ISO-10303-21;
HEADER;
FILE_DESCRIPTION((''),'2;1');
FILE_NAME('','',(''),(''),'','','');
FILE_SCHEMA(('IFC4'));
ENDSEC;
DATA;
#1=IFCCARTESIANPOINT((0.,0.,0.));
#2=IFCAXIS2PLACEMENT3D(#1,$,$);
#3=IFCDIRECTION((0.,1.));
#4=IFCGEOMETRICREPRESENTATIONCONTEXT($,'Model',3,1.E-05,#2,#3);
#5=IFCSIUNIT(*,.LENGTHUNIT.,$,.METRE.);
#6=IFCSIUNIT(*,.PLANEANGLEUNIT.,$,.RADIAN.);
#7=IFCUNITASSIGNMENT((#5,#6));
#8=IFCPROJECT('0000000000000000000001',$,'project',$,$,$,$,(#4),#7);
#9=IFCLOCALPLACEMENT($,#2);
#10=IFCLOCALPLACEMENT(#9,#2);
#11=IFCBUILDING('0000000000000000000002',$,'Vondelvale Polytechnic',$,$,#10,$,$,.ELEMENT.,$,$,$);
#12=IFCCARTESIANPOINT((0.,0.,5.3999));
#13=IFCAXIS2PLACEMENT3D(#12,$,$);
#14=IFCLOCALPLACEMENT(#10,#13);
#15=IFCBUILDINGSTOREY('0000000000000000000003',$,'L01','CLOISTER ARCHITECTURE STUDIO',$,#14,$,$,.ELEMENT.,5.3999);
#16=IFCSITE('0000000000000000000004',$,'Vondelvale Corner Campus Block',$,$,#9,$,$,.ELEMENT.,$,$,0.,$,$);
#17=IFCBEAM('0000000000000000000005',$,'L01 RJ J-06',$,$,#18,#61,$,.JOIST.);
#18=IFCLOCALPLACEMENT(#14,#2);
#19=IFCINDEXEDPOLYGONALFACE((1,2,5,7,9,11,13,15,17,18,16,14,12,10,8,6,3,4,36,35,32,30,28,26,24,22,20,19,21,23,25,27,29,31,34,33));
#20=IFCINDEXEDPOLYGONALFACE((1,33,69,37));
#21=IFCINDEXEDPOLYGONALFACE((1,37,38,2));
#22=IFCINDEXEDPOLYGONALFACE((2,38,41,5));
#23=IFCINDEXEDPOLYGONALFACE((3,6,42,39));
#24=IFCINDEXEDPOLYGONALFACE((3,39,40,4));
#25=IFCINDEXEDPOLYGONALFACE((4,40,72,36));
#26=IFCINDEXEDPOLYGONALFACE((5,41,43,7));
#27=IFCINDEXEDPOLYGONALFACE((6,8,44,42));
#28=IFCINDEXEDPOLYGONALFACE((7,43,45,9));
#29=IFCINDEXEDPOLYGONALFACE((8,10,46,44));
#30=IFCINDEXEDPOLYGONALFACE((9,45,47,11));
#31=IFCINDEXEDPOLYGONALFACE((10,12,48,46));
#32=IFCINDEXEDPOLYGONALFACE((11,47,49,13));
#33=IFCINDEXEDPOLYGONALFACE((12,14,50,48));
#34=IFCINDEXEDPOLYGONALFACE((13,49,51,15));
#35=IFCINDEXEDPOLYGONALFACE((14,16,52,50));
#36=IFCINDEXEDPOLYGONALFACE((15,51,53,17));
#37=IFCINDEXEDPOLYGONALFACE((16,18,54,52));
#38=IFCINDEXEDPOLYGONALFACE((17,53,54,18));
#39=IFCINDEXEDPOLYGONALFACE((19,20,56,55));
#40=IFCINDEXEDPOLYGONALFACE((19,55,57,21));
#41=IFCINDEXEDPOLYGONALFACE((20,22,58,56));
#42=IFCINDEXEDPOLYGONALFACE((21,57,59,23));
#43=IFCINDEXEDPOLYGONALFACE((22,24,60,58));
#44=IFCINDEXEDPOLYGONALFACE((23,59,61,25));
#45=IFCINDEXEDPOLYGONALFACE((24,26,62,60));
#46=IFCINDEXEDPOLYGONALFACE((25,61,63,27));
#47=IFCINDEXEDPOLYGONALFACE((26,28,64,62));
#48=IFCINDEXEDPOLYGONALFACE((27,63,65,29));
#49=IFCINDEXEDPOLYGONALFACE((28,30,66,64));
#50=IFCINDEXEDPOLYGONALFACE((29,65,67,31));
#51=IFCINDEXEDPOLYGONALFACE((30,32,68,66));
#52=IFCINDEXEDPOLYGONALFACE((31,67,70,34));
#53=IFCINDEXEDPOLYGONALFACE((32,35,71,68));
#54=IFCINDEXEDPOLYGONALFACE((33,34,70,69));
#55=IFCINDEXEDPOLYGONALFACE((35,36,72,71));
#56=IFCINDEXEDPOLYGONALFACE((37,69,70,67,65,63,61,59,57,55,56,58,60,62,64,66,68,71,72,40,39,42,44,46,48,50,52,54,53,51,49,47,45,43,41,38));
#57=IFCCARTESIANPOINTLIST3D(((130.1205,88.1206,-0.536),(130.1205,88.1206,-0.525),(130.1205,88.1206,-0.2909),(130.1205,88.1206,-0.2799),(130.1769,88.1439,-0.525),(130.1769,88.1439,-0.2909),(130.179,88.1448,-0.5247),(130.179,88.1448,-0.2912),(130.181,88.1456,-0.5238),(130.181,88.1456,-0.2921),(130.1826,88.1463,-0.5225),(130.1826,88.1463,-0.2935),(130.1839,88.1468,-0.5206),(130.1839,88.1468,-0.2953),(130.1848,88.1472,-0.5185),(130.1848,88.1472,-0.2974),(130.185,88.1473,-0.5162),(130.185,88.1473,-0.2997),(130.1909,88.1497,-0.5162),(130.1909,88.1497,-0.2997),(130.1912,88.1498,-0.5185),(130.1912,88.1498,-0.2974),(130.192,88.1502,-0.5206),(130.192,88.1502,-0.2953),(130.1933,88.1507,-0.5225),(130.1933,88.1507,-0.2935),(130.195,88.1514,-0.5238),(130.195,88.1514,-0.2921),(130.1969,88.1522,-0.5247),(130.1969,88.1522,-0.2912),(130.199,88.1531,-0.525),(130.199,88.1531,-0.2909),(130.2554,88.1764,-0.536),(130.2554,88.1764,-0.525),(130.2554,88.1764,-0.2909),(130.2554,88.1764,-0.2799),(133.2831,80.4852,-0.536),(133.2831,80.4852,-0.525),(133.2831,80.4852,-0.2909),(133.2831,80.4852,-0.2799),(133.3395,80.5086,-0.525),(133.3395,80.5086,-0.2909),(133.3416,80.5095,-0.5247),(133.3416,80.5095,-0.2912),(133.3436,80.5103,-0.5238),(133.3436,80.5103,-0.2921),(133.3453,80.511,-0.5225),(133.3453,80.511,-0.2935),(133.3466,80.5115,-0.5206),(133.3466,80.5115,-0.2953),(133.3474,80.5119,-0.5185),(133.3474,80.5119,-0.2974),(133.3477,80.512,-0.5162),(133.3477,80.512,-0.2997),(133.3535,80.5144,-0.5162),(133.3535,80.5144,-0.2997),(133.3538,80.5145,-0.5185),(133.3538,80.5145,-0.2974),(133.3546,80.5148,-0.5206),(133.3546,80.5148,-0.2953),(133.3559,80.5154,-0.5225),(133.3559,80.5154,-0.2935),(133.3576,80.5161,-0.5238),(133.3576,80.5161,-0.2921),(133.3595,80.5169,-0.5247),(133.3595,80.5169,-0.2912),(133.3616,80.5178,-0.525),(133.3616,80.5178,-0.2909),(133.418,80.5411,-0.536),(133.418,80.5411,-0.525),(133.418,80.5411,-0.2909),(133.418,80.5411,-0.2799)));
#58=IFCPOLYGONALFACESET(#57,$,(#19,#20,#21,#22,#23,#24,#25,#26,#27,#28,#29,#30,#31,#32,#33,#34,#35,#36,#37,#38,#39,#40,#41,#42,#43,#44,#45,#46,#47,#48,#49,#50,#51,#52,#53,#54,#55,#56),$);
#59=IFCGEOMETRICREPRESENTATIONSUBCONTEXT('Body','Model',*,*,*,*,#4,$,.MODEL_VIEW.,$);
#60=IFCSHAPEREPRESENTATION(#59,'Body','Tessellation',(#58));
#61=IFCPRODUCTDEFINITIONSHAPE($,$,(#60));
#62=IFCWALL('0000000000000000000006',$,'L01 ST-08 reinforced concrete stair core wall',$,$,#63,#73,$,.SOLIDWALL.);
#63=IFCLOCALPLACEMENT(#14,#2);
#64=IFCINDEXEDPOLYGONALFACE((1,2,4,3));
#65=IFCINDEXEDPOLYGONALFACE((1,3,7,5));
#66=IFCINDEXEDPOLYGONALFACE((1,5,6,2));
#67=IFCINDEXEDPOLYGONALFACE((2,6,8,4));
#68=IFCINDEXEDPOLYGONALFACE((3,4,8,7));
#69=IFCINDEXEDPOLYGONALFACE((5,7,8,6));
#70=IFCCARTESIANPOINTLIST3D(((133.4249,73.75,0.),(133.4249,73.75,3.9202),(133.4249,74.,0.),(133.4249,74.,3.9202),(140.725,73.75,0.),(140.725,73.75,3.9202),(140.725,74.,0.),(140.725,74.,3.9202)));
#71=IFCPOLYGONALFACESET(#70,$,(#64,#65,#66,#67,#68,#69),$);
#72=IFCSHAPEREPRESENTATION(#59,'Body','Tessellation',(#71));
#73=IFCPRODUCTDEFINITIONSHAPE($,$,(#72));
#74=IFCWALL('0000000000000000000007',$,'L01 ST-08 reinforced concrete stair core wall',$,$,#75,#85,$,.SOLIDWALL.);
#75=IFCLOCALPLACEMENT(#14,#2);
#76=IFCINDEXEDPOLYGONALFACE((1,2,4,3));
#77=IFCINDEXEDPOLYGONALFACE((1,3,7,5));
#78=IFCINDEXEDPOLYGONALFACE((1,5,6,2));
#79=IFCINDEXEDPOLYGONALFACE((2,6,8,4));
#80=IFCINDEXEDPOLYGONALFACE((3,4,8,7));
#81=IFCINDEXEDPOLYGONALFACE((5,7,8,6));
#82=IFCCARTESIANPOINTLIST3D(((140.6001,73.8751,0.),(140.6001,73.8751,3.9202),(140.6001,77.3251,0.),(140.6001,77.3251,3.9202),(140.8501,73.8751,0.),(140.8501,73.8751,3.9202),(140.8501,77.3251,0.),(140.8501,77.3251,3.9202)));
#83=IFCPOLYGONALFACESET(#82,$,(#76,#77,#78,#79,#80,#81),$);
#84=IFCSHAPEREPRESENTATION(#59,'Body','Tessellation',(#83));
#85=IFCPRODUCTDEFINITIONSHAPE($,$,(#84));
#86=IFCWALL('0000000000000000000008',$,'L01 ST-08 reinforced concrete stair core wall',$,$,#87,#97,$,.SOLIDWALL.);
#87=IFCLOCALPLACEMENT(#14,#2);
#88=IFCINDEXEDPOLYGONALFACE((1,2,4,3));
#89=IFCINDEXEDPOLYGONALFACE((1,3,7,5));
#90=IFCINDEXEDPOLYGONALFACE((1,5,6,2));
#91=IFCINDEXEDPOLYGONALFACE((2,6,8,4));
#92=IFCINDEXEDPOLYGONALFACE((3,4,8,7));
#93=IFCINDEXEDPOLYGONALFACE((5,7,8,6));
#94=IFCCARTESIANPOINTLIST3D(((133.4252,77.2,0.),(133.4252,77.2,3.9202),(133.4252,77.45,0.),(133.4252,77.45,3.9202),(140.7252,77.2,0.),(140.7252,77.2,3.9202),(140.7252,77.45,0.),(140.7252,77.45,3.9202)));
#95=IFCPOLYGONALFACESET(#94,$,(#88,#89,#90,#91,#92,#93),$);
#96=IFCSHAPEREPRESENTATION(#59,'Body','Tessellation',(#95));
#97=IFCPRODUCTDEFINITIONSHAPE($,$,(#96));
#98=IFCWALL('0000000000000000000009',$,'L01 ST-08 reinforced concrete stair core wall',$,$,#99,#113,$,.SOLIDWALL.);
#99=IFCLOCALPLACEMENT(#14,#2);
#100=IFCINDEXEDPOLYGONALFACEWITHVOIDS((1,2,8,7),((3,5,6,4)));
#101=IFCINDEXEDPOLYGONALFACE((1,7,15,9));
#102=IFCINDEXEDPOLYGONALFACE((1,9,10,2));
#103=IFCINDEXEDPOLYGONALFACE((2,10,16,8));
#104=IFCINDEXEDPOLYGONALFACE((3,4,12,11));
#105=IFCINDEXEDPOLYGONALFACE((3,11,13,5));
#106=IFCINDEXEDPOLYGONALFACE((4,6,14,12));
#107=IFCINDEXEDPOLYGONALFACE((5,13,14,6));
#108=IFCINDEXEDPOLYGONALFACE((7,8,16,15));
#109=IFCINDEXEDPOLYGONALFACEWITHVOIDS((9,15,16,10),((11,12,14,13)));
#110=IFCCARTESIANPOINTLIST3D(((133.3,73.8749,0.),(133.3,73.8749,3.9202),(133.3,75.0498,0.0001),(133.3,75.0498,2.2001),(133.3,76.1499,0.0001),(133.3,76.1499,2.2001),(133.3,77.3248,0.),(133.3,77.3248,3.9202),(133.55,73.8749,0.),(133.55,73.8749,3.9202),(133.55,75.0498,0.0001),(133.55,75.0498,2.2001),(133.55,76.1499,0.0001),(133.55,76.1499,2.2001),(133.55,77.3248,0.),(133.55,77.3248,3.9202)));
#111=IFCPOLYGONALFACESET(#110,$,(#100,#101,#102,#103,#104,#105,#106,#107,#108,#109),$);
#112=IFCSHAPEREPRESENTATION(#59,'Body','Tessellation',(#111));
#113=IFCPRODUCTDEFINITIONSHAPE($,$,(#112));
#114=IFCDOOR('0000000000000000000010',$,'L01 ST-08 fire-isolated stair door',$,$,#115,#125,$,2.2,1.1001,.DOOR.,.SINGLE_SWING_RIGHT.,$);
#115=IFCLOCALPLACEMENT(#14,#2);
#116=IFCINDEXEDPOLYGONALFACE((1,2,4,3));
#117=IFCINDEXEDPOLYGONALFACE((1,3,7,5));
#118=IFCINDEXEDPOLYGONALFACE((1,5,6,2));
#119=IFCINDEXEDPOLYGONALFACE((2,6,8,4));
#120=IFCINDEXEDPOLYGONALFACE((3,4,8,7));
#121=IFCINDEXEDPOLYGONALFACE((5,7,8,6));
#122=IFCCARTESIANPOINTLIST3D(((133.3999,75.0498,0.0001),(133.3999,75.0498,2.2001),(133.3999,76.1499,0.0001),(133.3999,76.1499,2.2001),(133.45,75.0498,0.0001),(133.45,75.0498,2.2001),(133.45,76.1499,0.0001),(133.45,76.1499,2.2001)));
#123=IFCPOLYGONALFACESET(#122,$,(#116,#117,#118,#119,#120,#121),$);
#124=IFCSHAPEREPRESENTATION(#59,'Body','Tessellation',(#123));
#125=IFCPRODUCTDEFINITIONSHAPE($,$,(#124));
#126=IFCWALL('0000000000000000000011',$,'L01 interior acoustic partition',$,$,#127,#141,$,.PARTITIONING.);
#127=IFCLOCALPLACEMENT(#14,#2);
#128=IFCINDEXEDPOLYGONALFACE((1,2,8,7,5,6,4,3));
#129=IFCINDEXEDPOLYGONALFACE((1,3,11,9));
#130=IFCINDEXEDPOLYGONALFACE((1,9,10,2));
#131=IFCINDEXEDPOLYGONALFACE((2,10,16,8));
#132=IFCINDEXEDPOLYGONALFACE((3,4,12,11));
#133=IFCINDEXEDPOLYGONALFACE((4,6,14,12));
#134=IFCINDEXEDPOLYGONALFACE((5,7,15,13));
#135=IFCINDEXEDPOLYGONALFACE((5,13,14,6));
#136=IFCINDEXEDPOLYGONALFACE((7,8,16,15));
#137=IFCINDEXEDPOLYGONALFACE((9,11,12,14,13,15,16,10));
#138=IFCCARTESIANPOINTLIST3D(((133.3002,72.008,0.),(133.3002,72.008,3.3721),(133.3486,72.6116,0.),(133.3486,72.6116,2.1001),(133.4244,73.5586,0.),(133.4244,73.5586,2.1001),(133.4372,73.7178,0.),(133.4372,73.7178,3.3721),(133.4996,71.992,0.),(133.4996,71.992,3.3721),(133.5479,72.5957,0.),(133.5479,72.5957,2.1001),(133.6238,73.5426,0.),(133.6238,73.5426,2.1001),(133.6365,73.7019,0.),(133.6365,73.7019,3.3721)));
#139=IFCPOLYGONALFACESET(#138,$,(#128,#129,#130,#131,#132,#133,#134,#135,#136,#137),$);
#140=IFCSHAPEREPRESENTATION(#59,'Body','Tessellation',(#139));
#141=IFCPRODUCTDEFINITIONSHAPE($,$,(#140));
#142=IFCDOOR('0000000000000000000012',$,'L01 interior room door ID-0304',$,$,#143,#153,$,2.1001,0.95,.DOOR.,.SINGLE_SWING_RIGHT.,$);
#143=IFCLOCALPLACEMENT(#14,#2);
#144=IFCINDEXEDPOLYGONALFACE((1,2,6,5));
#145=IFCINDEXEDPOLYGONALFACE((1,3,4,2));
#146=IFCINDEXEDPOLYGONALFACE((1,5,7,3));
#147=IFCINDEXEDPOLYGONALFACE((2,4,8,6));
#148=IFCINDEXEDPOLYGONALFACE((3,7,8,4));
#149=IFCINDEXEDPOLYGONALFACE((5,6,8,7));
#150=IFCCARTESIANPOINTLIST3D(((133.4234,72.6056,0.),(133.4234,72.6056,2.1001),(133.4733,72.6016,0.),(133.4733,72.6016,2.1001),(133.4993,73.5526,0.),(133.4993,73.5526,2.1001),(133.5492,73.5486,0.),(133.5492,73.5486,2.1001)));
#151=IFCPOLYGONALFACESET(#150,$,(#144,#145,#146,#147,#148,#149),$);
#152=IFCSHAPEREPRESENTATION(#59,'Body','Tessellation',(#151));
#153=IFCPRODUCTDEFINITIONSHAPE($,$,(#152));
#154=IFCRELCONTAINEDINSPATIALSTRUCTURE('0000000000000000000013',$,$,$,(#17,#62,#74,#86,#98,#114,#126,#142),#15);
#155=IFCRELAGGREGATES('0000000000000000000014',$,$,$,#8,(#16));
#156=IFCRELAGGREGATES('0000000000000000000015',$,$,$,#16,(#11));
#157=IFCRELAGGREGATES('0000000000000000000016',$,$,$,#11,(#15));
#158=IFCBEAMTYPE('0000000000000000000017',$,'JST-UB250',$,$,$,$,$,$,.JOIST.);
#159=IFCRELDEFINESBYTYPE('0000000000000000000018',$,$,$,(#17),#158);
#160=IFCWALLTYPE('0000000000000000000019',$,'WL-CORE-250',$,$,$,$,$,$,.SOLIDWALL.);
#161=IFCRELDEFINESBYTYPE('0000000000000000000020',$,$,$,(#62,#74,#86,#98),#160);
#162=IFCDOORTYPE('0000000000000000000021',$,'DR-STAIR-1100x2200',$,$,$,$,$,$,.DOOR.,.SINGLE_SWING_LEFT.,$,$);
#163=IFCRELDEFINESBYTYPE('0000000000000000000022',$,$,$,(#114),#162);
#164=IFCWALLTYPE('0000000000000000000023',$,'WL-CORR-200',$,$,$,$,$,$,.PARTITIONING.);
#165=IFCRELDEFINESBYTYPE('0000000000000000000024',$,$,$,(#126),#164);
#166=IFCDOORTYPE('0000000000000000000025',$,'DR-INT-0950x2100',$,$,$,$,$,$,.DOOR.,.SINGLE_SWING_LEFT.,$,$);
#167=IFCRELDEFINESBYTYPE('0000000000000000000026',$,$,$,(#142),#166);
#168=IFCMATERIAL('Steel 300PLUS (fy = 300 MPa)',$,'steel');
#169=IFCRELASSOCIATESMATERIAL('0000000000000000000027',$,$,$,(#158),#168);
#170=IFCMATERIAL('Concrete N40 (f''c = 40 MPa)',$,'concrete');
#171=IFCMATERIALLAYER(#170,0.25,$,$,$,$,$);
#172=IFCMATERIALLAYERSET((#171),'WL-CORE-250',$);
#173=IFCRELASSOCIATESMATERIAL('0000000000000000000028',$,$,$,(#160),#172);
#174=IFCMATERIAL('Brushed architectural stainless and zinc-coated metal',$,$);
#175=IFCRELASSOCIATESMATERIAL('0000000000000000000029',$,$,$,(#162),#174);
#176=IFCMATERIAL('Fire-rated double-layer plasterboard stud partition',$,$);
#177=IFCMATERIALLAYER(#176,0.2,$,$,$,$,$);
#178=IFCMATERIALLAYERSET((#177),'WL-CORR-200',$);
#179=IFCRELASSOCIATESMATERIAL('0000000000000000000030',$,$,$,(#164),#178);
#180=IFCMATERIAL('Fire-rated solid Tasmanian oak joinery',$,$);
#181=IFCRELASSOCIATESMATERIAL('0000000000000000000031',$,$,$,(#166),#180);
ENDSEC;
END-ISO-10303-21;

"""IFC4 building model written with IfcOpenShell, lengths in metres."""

from ifc_helpers import new_model, si_unit, direction, frame, frame_2d, origin, origin_2d, place, context, subcontext, project, spatial, rectangle, i_section, extrude, material, layer, layer_set, material_profile, profile_set, type_object, element, fill, save


model = new_model("IFC4")

# Units and contexts
model_context = context("Model", 3, precision=1e-05, world=origin(), true_north=direction((0.0, 1.0)))
body_context = subcontext(model_context, "Body", "Model", "MODEL_VIEW")
ifc_project = project(units=[si_unit("LENGTHUNIT", "METRE"), si_unit("PLANEANGLEUNIT", "RADIAN")], contexts=[model_context])

# Site, building, storey
site_placement = place(None, origin())
site = spatial("IfcSite", under=ifc_project, at=site_placement, Name="Vondelvale Corner Campus Block", CompositionType="ELEMENT", RefElevation=0.0)
building_placement = place(site_placement, origin())
building = spatial("IfcBuilding", under=site, at=building_placement, Name="Vondelvale Polytechnic", CompositionType="ELEMENT")
storey_placement = place(building_placement, frame((0.0, 0.0, 5.3999)))
storey = spatial("IfcBuildingStorey", under=building, at=storey_placement, Name="L01", Description="CLOISTER ARCHITECTURE STUDIO", CompositionType="ELEMENT", Elevation=5.3999)

# Shared definitions
ifc_material_1 = material(Name="Steel 300PLUS (fy = 300 MPa)", Category="steel")

# Beam
ifc_material_2 = material(Name="Concrete N40 (f'c = 40 MPa)", Category="concrete")
ifc_material_profile_1 = material_profile(ifc_material_1, i_section(OverallWidth=0.146, OverallDepth=0.2561, WebThickness=0.0063, FlangeThickness=0.011, FilletRadius=0.0088, at=origin_2d()), Name="250UB37.3")
ifc_profile_set_1 = profile_set([ifc_material_profile_1], Name="Steel 300PLUS (fy = 300 MPa)")
beam_type_1 = type_object("IfcBeamType", Name="JST-UB250", PredefinedType="JOIST", material=ifc_profile_set_1)
beam_1_placement = place(storey_placement, frame((133.3506, 80.5132, -0.408), z_axis=(-0.382681, 0.923881, 0.0), x_axis=(-0.923881, -0.382681, 0.0)))
element("IfcBeam", 1, at=beam_1_placement, inside=storey, type_object=beam_type_1, Name="L01 RJ J-06", PredefinedType="JOIST", context=body_context, shape_type="SweptSolid", body=[
    extrude(i_section(OverallWidth=0.146, OverallDepth=0.2561, WebThickness=0.0063, FlangeThickness=0.011, FilletRadius=0.0088, at=origin_2d()), origin(), (0.0, 0.0, 1.0), 8.2644),
])

# Walls
ifc_layer_1 = layer(ifc_material_2, 0.25)
ifc_layer_set_1 = layer_set([ifc_layer_1], Name="WL-CORE-250")
wall_type_1 = type_object("IfcWallType", Name="WL-CORE-250", PredefinedType="SOLIDWALL", material=ifc_layer_set_1)
wall_1_placement = place(storey_placement, frame((133.425, 73.875, 0.0), z_axis=(0.0, 0.0, 1.0), x_axis=(1.0, 0.0, 0.0)))
element("IfcWall", 2, at=wall_1_placement, inside=storey, type_object=wall_type_1, Name="L01 ST-08 reinforced concrete stair core wall", PredefinedType="SOLIDWALL", context=body_context, shape_type="SweptSolid", body=[
    extrude(rectangle(XDim=7.3, YDim=0.25, at=frame_2d((3.6499, 0.0))), origin(), (0.0, 0.0, 1.0), 3.9202),
])
wall_2_placement = place(storey_placement, frame((140.7251, 73.875, 0.0), z_axis=(0.0, 0.0, 1.0), x_axis=(0.0, 1.0, 0.0)))
element("IfcWall", 3, at=wall_2_placement, inside=storey, type_object=wall_type_1, Name="L01 ST-08 reinforced concrete stair core wall", PredefinedType="SOLIDWALL", context=body_context, shape_type="SweptSolid", body=[
    extrude(rectangle(XDim=3.45, YDim=0.25, at=frame_2d((1.7251, 0.0))), origin(), (0.0, 0.0, 1.0), 3.9202),
])
wall_3_placement = place(storey_placement, frame((140.7251, 77.325, 0.0), z_axis=(0.0, 0.0, 1.0), x_axis=(-1.0, 0.0, 0.0)))
element("IfcWall", 4, at=wall_3_placement, inside=storey, type_object=wall_type_1, Name="L01 ST-08 reinforced concrete stair core wall", PredefinedType="SOLIDWALL", context=body_context, shape_type="SweptSolid", body=[
    extrude(rectangle(XDim=7.3, YDim=0.25, at=frame_2d((3.6499, 0.0))), origin(), (0.0, 0.0, 1.0), 3.9202),
])

# Walls, openings, doors
wall_4_placement = place(storey_placement, frame((133.425, 77.325, 0.0), z_axis=(0.0, 0.0, 1.0), x_axis=(0.0, -1.0, 0.0)))
wall_4 = element("IfcWall", 5, at=wall_4_placement, inside=storey, type_object=wall_type_1, Name="L01 ST-08 reinforced concrete stair core wall", PredefinedType="SOLIDWALL", context=body_context, shape_type="SweptSolid", body=[
    extrude(rectangle(XDim=3.45, YDim=0.25, at=frame_2d((1.7251, 0.0))), origin(), (0.0, 0.0, 1.0), 3.9202),
])
opening_1_placement = place(wall_4_placement, frame((1.175, 0.0, 0.0)))
opening_1 = element("IfcOpeningElement", 6, at=opening_1_placement, cuts=wall_4, PredefinedType="OPENING", context=body_context, shape_type="SweptSolid", body=[
    extrude(rectangle(XDim=1.1001, YDim=2.2, at=frame_2d((0.55, 1.1001))), frame((0.0, 0.135, 0.0), z_axis=(0.0, -1.0, 0.0), x_axis=(1.0, 0.0, 0.0)), (0.0, 0.0, 1.0), 0.27),
])
ifc_material_3 = material(Name="Brushed architectural stainless and zinc-coated metal")
door_type_1 = type_object("IfcDoorType", Name="DR-STAIR-1100x2200", OperationType="SINGLE_SWING_LEFT", PredefinedType="DOOR", material=ifc_material_3)
door_1_placement = place(opening_1_placement, origin())
door_1 = element("IfcDoor", 7, at=door_1_placement, inside=storey, type_object=door_type_1, Name="L01 ST-08 fire-isolated stair door", OperationType="SINGLE_SWING_RIGHT", OverallHeight=2.2, OverallWidth=1.1001, PredefinedType="DOOR", context=body_context, shape_type="SweptSolid", body=[
    extrude(rectangle(XDim=1.1001, YDim=2.2, at=frame_2d((0.55, 1.1001))), frame((0.0, 0.0249, 0.0), z_axis=(0.0, -1.0, 0.0), x_axis=(1.0, 0.0, 0.0)), (0.0, 0.0, 1.0), 0.05),
])
fill(opening_1, door_1)
ifc_material_4 = material(Name="Fire-rated double-layer plasterboard stud partition")
ifc_layer_2 = layer(ifc_material_4, 0.2)
ifc_layer_set_2 = layer_set([ifc_layer_2], Name="WL-CORR-200")
wall_type_2 = type_object("IfcWallType", Name="WL-CORR-200", PredefinedType="PARTITIONING", material=ifc_layer_set_2)
wall_5_placement = place(storey_placement, frame((133.3999, 72.0, 0.0), z_axis=(0.0, 0.0, 1.0), x_axis=(0.079841, 0.996808, 0.0)))
wall_5 = element("IfcWall", 8, at=wall_5_placement, inside=storey, type_object=wall_type_2, Name="L01 interior acoustic partition", PredefinedType="PARTITIONING", context=body_context, shape_type="SweptSolid", body=[
    extrude(rectangle(XDim=1.7153, YDim=0.2, at=frame_2d((0.8577, 0.0))), origin(), (0.0, 0.0, 1.0), 3.3721),
])
opening_2_placement = place(wall_5_placement, frame((0.6055, 0.0, 0.0)))
opening_2 = element("IfcOpeningElement", 9, at=opening_2_placement, cuts=wall_5, PredefinedType="OPENING", context=body_context, shape_type="SweptSolid", body=[
    extrude(rectangle(XDim=0.95, YDim=2.1001, at=frame_2d((0.4751, 1.05))), frame((0.0, 0.1099, 0.0), z_axis=(0.0, -1.0, 0.0), x_axis=(1.0, 0.0, 0.0)), (0.0, 0.0, 1.0), 0.22),
])
ifc_material_5 = material(Name="Fire-rated solid Tasmanian oak joinery")
door_type_2 = type_object("IfcDoorType", Name="DR-INT-0950x2100", OperationType="SINGLE_SWING_LEFT", PredefinedType="DOOR", material=ifc_material_5)
door_2_placement = place(opening_2_placement, origin())
door_2 = element("IfcDoor", 10, at=door_2_placement, inside=storey, type_object=door_type_2, Name="L01 interior room door ID-0304", OperationType="SINGLE_SWING_RIGHT", OverallHeight=2.1001, OverallWidth=0.95, PredefinedType="DOOR", context=body_context, shape_type="SweptSolid", body=[
    extrude(rectangle(XDim=0.95, YDim=2.1001, at=frame_2d((0.4751, 1.05))), frame((0.0, 0.0249, 0.0), z_axis=(0.0, -1.0, 0.0), x_axis=(1.0, 0.0, 0.0)), (0.0, 0.0, 1.0), 0.05),
])
fill(opening_2, door_2)

save(model, "model.ifc")
